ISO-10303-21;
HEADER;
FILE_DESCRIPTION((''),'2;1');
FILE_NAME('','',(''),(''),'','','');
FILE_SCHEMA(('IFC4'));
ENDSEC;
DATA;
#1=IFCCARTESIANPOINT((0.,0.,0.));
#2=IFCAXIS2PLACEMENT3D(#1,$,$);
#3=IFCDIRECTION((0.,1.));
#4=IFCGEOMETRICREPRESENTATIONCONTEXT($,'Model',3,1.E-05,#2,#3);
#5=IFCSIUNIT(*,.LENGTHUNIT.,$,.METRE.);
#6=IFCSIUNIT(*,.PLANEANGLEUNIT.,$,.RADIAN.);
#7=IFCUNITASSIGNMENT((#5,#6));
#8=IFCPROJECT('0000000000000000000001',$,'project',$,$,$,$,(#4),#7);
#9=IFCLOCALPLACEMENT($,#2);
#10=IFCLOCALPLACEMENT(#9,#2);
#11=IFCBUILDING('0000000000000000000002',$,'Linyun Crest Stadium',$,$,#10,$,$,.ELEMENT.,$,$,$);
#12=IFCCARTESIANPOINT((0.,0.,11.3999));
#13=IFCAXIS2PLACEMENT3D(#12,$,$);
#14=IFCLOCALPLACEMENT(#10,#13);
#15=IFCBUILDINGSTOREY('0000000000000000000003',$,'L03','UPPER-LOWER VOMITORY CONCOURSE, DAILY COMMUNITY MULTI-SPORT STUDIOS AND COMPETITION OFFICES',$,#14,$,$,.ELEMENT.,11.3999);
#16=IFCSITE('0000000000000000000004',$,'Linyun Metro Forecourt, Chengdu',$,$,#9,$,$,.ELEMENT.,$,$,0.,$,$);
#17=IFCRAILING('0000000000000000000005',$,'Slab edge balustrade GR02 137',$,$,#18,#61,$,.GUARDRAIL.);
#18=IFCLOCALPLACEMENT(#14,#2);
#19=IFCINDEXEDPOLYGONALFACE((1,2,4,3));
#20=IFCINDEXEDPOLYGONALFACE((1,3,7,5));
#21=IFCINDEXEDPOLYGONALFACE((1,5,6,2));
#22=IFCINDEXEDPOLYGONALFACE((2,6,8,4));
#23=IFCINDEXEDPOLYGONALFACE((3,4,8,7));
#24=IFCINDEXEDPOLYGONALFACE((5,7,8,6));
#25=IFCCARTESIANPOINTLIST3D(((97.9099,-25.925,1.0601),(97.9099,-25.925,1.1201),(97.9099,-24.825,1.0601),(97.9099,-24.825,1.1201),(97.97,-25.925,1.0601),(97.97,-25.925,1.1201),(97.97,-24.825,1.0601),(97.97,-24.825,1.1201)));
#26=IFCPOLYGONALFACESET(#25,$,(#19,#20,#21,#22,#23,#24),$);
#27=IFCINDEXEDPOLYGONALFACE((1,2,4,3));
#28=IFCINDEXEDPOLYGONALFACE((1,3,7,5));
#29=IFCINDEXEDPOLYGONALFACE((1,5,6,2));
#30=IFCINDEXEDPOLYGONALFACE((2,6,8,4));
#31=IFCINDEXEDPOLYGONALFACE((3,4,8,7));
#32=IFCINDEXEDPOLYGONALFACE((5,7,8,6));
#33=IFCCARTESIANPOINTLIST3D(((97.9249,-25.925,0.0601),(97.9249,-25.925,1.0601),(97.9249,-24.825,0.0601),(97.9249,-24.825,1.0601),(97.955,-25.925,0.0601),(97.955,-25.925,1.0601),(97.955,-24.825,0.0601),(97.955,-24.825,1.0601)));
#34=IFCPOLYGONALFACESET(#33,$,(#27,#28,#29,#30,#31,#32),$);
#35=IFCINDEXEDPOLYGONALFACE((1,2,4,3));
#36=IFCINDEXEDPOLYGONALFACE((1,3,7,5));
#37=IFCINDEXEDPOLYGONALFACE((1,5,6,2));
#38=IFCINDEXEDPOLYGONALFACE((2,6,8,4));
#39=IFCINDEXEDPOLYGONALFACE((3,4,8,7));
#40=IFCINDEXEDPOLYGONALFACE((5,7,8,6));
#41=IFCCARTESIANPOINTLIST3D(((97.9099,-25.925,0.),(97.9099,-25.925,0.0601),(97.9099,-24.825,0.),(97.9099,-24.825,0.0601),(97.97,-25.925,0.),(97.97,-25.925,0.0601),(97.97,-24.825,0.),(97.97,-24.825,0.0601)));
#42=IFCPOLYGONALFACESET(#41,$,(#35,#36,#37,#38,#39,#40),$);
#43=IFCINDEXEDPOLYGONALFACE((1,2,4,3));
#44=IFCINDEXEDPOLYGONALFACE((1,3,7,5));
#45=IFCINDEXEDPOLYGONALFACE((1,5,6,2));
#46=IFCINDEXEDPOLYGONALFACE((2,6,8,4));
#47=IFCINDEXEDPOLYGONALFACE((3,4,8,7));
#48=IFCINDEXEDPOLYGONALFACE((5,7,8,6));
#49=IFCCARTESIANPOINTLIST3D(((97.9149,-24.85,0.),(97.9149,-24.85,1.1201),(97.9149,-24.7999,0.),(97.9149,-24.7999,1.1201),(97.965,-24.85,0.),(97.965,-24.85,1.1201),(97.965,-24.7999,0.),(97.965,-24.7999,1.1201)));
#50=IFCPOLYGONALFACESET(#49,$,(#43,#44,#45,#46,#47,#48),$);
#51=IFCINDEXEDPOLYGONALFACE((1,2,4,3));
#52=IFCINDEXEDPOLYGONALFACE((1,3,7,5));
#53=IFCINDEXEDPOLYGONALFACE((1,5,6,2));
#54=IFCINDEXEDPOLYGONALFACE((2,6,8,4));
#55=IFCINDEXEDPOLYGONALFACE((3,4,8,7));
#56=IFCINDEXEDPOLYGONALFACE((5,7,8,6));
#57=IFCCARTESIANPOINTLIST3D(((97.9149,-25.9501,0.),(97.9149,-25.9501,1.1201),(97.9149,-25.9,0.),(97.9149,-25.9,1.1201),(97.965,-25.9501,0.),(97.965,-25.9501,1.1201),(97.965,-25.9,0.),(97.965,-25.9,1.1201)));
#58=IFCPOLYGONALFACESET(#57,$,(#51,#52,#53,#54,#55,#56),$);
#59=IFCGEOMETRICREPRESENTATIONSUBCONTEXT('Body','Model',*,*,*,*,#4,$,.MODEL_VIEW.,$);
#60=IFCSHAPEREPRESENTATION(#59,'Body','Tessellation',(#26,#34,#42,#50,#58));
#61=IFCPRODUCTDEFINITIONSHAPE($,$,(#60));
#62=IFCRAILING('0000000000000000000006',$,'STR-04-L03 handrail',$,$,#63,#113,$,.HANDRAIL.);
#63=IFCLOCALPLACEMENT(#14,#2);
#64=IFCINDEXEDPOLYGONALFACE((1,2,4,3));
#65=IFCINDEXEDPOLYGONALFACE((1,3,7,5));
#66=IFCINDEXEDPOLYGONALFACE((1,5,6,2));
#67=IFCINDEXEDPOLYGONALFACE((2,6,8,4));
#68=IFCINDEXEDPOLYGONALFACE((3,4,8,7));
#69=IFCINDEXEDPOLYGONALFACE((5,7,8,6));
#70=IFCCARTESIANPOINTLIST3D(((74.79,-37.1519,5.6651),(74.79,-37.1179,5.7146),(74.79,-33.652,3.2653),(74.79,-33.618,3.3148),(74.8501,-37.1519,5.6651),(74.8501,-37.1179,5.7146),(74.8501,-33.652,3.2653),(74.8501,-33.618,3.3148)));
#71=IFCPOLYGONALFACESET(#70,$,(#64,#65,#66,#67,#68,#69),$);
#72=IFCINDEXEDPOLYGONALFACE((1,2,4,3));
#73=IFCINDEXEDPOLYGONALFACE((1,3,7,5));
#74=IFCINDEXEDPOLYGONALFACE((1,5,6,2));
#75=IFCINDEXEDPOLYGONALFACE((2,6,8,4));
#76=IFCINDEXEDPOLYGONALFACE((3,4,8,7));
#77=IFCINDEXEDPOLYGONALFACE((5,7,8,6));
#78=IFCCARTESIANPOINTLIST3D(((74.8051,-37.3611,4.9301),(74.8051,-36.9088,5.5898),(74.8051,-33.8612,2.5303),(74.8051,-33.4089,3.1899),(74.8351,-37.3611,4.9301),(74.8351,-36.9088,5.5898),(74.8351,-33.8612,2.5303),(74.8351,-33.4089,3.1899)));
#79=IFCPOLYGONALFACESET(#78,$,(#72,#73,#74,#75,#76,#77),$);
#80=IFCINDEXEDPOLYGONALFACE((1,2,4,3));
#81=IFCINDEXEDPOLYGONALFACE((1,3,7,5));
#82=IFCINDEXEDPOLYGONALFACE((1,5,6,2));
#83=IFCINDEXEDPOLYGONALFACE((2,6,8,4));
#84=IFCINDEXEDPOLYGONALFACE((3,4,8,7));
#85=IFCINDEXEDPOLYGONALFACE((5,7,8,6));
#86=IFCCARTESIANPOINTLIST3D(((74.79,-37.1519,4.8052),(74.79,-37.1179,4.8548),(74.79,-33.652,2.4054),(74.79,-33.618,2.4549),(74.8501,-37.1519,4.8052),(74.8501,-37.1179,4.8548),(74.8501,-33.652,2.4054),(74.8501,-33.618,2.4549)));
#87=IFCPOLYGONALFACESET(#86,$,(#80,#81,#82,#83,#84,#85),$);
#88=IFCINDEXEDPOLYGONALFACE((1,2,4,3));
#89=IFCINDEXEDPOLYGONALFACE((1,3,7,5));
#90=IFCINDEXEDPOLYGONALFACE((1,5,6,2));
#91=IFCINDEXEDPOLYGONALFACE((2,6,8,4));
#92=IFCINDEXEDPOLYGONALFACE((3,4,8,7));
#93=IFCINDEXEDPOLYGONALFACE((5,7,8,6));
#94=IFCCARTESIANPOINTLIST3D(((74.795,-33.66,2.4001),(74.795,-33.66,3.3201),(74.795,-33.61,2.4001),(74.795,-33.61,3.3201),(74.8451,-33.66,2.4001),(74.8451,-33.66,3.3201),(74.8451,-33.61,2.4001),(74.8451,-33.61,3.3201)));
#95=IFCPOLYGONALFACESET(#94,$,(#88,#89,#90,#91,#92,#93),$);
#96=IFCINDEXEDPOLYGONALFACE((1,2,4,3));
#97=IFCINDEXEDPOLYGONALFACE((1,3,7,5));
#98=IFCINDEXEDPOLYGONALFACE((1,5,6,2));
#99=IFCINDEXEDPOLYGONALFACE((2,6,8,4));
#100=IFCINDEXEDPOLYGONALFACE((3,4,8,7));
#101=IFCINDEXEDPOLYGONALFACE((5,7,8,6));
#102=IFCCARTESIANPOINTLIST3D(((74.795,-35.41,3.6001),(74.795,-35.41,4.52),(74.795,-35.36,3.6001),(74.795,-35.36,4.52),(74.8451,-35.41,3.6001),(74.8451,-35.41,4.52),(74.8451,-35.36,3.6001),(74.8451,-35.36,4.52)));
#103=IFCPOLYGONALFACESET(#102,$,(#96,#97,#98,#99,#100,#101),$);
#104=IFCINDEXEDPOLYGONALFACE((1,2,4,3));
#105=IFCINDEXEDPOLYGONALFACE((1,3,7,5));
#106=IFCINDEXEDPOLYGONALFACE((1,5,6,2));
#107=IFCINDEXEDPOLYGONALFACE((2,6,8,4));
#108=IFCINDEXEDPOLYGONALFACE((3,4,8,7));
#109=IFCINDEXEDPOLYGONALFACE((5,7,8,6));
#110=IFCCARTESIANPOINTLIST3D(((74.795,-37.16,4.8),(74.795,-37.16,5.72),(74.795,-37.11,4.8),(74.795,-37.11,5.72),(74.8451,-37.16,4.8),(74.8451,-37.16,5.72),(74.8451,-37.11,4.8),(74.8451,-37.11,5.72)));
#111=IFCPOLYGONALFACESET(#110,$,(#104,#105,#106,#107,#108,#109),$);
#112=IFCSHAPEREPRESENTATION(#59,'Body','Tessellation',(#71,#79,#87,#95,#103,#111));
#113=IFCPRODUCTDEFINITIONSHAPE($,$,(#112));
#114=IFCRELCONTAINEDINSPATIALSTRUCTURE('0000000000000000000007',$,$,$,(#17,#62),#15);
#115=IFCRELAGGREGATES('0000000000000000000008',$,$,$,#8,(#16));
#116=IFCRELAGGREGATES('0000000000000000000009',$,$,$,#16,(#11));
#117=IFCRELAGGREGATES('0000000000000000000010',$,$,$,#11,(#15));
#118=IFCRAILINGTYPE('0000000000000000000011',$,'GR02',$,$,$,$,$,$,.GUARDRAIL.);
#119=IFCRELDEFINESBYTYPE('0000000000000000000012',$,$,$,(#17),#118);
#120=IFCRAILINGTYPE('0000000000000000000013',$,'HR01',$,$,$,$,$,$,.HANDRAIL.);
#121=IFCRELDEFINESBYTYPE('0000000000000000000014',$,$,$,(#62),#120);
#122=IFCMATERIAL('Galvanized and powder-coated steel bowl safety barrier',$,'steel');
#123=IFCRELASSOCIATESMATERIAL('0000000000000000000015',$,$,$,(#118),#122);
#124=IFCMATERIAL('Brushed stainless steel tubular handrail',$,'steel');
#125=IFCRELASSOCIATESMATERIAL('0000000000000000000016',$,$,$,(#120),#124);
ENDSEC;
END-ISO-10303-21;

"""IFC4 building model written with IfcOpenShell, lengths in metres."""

from ifc_helpers import new_model, si_unit, direction, frame, origin, origin_2d, place, context, subcontext, project, spatial, rectangle, extrude, material, type_object, element, save


model = new_model("IFC4")

# Units and contexts
model_context = context("Model", 3, precision=1e-05, world=origin(), true_north=direction((0.0, 1.0)))
body_context = subcontext(model_context, "Body", "Model", "MODEL_VIEW")
ifc_project = project(units=[si_unit("LENGTHUNIT", "METRE"), si_unit("PLANEANGLEUNIT", "RADIAN")], contexts=[model_context])

# Site, building, storey
site_placement = place(None, origin())
site = spatial("IfcSite", under=ifc_project, at=site_placement, Name="Linyun Metro Forecourt, Chengdu", CompositionType="ELEMENT", RefElevation=0.0)
building_placement = place(site_placement, origin())
building = spatial("IfcBuilding", under=site, at=building_placement, Name="Linyun Crest Stadium", CompositionType="ELEMENT")
storey_placement = place(building_placement, frame((0.0, 0.0, 11.3999)))
storey = spatial("IfcBuildingStorey", under=building, at=storey_placement, Name="L03", Description="UPPER-LOWER VOMITORY CONCOURSE, DAILY COMMUNITY MULTI-SPORT STUDIOS AND COMPETITION OFFICES", CompositionType="ELEMENT", Elevation=11.3999)

# Railings
ifc_material_1 = material(Name="Galvanized and powder-coated steel bowl safety barrier", Category="steel")
railing_type_1 = type_object("IfcRailingType", Name="GR02", PredefinedType="GUARDRAIL", material=ifc_material_1)
railing_1_placement = place(storey_placement, frame((97.9399, -24.825, 0.0)))
element("IfcRailing", 1, at=railing_1_placement, inside=storey, type_object=railing_type_1, Name="Slab edge balustrade GR02 137", PredefinedType="GUARDRAIL", context=body_context, shape_type="SweptSolid", body=[
    extrude(rectangle(XDim=0.0601, YDim=0.0601, at=origin_2d()), frame((0.0, 0.0, 1.0901), z_axis=(0.0, -1.0, 0.0), x_axis=(1.0, 0.0, 0.0)), (0.0, 0.0, 1.0), 1.1001),
    extrude(rectangle(XDim=0.03, YDim=1.0, at=origin_2d()), frame((0.0, 0.0, 0.5601), z_axis=(0.0, -1.0, 0.0), x_axis=(1.0, 0.0, 0.0)), (0.0, 0.0, 1.0), 1.1001),
    extrude(rectangle(XDim=0.0601, YDim=0.0601, at=origin_2d()), frame((0.0, 0.0, 0.03), z_axis=(0.0, -1.0, 0.0), x_axis=(1.0, 0.0, 0.0)), (0.0, 0.0, 1.0), 1.1001),
    extrude(rectangle(XDim=0.05, YDim=0.05, at=origin_2d()), origin(), (0.0, 0.0, 1.0), 1.1201),
    extrude(rectangle(XDim=0.05, YDim=0.05, at=origin_2d()), frame((0.0, -1.1001, 0.0)), (0.0, 0.0, 1.0), 1.1201),
])
ifc_material_2 = material(Name="Brushed stainless steel tubular handrail", Category="steel")
railing_type_2 = type_object("IfcRailingType", Name="HR01", PredefinedType="HANDRAIL", material=ifc_material_2)
railing_2_placement = place(storey_placement, frame((74.8201, -33.635, 2.4001)))
element("IfcRailing", 2, at=railing_2_placement, inside=storey, type_object=railing_type_2, Name="STR-04-L03 handrail", PredefinedType="HANDRAIL", context=body_context, shape_type="SweptSolid", body=[
    extrude(rectangle(XDim=0.0601, YDim=0.0601, at=origin_2d()), frame((0.0, 0.0, 0.8899), z_axis=(0.0, -0.82474, 0.565513), x_axis=(1.0, 0.0, 0.0)), (0.0, 0.0, 1.0), 4.2437),
    extrude(rectangle(XDim=0.03, YDim=0.7998, at=origin_2d()), frame((0.0, 0.0, 0.46), z_axis=(0.0, -0.82474, 0.565513), x_axis=(1.0, 0.0, 0.0)), (0.0, 0.0, 1.0), 4.2437),
    extrude(rectangle(XDim=0.0601, YDim=0.0601, at=origin_2d()), frame((0.0, 0.0, 0.03), z_axis=(0.0, -0.82474, 0.565513), x_axis=(1.0, 0.0, 0.0)), (0.0, 0.0, 1.0), 4.2437),
    extrude(rectangle(XDim=0.05, YDim=0.05, at=origin_2d()), origin(), (0.0, 0.0, 1.0), 0.9199),
    extrude(rectangle(XDim=0.05, YDim=0.05, at=origin_2d()), frame((0.0, -1.75, 1.2)), (0.0, 0.0, 1.0), 0.9199),
    extrude(rectangle(XDim=0.05, YDim=0.05, at=origin_2d()), frame((0.0, -3.5, 2.3999)), (0.0, 0.0, 1.0), 0.9199),
])

save(model, "model.ifc")
